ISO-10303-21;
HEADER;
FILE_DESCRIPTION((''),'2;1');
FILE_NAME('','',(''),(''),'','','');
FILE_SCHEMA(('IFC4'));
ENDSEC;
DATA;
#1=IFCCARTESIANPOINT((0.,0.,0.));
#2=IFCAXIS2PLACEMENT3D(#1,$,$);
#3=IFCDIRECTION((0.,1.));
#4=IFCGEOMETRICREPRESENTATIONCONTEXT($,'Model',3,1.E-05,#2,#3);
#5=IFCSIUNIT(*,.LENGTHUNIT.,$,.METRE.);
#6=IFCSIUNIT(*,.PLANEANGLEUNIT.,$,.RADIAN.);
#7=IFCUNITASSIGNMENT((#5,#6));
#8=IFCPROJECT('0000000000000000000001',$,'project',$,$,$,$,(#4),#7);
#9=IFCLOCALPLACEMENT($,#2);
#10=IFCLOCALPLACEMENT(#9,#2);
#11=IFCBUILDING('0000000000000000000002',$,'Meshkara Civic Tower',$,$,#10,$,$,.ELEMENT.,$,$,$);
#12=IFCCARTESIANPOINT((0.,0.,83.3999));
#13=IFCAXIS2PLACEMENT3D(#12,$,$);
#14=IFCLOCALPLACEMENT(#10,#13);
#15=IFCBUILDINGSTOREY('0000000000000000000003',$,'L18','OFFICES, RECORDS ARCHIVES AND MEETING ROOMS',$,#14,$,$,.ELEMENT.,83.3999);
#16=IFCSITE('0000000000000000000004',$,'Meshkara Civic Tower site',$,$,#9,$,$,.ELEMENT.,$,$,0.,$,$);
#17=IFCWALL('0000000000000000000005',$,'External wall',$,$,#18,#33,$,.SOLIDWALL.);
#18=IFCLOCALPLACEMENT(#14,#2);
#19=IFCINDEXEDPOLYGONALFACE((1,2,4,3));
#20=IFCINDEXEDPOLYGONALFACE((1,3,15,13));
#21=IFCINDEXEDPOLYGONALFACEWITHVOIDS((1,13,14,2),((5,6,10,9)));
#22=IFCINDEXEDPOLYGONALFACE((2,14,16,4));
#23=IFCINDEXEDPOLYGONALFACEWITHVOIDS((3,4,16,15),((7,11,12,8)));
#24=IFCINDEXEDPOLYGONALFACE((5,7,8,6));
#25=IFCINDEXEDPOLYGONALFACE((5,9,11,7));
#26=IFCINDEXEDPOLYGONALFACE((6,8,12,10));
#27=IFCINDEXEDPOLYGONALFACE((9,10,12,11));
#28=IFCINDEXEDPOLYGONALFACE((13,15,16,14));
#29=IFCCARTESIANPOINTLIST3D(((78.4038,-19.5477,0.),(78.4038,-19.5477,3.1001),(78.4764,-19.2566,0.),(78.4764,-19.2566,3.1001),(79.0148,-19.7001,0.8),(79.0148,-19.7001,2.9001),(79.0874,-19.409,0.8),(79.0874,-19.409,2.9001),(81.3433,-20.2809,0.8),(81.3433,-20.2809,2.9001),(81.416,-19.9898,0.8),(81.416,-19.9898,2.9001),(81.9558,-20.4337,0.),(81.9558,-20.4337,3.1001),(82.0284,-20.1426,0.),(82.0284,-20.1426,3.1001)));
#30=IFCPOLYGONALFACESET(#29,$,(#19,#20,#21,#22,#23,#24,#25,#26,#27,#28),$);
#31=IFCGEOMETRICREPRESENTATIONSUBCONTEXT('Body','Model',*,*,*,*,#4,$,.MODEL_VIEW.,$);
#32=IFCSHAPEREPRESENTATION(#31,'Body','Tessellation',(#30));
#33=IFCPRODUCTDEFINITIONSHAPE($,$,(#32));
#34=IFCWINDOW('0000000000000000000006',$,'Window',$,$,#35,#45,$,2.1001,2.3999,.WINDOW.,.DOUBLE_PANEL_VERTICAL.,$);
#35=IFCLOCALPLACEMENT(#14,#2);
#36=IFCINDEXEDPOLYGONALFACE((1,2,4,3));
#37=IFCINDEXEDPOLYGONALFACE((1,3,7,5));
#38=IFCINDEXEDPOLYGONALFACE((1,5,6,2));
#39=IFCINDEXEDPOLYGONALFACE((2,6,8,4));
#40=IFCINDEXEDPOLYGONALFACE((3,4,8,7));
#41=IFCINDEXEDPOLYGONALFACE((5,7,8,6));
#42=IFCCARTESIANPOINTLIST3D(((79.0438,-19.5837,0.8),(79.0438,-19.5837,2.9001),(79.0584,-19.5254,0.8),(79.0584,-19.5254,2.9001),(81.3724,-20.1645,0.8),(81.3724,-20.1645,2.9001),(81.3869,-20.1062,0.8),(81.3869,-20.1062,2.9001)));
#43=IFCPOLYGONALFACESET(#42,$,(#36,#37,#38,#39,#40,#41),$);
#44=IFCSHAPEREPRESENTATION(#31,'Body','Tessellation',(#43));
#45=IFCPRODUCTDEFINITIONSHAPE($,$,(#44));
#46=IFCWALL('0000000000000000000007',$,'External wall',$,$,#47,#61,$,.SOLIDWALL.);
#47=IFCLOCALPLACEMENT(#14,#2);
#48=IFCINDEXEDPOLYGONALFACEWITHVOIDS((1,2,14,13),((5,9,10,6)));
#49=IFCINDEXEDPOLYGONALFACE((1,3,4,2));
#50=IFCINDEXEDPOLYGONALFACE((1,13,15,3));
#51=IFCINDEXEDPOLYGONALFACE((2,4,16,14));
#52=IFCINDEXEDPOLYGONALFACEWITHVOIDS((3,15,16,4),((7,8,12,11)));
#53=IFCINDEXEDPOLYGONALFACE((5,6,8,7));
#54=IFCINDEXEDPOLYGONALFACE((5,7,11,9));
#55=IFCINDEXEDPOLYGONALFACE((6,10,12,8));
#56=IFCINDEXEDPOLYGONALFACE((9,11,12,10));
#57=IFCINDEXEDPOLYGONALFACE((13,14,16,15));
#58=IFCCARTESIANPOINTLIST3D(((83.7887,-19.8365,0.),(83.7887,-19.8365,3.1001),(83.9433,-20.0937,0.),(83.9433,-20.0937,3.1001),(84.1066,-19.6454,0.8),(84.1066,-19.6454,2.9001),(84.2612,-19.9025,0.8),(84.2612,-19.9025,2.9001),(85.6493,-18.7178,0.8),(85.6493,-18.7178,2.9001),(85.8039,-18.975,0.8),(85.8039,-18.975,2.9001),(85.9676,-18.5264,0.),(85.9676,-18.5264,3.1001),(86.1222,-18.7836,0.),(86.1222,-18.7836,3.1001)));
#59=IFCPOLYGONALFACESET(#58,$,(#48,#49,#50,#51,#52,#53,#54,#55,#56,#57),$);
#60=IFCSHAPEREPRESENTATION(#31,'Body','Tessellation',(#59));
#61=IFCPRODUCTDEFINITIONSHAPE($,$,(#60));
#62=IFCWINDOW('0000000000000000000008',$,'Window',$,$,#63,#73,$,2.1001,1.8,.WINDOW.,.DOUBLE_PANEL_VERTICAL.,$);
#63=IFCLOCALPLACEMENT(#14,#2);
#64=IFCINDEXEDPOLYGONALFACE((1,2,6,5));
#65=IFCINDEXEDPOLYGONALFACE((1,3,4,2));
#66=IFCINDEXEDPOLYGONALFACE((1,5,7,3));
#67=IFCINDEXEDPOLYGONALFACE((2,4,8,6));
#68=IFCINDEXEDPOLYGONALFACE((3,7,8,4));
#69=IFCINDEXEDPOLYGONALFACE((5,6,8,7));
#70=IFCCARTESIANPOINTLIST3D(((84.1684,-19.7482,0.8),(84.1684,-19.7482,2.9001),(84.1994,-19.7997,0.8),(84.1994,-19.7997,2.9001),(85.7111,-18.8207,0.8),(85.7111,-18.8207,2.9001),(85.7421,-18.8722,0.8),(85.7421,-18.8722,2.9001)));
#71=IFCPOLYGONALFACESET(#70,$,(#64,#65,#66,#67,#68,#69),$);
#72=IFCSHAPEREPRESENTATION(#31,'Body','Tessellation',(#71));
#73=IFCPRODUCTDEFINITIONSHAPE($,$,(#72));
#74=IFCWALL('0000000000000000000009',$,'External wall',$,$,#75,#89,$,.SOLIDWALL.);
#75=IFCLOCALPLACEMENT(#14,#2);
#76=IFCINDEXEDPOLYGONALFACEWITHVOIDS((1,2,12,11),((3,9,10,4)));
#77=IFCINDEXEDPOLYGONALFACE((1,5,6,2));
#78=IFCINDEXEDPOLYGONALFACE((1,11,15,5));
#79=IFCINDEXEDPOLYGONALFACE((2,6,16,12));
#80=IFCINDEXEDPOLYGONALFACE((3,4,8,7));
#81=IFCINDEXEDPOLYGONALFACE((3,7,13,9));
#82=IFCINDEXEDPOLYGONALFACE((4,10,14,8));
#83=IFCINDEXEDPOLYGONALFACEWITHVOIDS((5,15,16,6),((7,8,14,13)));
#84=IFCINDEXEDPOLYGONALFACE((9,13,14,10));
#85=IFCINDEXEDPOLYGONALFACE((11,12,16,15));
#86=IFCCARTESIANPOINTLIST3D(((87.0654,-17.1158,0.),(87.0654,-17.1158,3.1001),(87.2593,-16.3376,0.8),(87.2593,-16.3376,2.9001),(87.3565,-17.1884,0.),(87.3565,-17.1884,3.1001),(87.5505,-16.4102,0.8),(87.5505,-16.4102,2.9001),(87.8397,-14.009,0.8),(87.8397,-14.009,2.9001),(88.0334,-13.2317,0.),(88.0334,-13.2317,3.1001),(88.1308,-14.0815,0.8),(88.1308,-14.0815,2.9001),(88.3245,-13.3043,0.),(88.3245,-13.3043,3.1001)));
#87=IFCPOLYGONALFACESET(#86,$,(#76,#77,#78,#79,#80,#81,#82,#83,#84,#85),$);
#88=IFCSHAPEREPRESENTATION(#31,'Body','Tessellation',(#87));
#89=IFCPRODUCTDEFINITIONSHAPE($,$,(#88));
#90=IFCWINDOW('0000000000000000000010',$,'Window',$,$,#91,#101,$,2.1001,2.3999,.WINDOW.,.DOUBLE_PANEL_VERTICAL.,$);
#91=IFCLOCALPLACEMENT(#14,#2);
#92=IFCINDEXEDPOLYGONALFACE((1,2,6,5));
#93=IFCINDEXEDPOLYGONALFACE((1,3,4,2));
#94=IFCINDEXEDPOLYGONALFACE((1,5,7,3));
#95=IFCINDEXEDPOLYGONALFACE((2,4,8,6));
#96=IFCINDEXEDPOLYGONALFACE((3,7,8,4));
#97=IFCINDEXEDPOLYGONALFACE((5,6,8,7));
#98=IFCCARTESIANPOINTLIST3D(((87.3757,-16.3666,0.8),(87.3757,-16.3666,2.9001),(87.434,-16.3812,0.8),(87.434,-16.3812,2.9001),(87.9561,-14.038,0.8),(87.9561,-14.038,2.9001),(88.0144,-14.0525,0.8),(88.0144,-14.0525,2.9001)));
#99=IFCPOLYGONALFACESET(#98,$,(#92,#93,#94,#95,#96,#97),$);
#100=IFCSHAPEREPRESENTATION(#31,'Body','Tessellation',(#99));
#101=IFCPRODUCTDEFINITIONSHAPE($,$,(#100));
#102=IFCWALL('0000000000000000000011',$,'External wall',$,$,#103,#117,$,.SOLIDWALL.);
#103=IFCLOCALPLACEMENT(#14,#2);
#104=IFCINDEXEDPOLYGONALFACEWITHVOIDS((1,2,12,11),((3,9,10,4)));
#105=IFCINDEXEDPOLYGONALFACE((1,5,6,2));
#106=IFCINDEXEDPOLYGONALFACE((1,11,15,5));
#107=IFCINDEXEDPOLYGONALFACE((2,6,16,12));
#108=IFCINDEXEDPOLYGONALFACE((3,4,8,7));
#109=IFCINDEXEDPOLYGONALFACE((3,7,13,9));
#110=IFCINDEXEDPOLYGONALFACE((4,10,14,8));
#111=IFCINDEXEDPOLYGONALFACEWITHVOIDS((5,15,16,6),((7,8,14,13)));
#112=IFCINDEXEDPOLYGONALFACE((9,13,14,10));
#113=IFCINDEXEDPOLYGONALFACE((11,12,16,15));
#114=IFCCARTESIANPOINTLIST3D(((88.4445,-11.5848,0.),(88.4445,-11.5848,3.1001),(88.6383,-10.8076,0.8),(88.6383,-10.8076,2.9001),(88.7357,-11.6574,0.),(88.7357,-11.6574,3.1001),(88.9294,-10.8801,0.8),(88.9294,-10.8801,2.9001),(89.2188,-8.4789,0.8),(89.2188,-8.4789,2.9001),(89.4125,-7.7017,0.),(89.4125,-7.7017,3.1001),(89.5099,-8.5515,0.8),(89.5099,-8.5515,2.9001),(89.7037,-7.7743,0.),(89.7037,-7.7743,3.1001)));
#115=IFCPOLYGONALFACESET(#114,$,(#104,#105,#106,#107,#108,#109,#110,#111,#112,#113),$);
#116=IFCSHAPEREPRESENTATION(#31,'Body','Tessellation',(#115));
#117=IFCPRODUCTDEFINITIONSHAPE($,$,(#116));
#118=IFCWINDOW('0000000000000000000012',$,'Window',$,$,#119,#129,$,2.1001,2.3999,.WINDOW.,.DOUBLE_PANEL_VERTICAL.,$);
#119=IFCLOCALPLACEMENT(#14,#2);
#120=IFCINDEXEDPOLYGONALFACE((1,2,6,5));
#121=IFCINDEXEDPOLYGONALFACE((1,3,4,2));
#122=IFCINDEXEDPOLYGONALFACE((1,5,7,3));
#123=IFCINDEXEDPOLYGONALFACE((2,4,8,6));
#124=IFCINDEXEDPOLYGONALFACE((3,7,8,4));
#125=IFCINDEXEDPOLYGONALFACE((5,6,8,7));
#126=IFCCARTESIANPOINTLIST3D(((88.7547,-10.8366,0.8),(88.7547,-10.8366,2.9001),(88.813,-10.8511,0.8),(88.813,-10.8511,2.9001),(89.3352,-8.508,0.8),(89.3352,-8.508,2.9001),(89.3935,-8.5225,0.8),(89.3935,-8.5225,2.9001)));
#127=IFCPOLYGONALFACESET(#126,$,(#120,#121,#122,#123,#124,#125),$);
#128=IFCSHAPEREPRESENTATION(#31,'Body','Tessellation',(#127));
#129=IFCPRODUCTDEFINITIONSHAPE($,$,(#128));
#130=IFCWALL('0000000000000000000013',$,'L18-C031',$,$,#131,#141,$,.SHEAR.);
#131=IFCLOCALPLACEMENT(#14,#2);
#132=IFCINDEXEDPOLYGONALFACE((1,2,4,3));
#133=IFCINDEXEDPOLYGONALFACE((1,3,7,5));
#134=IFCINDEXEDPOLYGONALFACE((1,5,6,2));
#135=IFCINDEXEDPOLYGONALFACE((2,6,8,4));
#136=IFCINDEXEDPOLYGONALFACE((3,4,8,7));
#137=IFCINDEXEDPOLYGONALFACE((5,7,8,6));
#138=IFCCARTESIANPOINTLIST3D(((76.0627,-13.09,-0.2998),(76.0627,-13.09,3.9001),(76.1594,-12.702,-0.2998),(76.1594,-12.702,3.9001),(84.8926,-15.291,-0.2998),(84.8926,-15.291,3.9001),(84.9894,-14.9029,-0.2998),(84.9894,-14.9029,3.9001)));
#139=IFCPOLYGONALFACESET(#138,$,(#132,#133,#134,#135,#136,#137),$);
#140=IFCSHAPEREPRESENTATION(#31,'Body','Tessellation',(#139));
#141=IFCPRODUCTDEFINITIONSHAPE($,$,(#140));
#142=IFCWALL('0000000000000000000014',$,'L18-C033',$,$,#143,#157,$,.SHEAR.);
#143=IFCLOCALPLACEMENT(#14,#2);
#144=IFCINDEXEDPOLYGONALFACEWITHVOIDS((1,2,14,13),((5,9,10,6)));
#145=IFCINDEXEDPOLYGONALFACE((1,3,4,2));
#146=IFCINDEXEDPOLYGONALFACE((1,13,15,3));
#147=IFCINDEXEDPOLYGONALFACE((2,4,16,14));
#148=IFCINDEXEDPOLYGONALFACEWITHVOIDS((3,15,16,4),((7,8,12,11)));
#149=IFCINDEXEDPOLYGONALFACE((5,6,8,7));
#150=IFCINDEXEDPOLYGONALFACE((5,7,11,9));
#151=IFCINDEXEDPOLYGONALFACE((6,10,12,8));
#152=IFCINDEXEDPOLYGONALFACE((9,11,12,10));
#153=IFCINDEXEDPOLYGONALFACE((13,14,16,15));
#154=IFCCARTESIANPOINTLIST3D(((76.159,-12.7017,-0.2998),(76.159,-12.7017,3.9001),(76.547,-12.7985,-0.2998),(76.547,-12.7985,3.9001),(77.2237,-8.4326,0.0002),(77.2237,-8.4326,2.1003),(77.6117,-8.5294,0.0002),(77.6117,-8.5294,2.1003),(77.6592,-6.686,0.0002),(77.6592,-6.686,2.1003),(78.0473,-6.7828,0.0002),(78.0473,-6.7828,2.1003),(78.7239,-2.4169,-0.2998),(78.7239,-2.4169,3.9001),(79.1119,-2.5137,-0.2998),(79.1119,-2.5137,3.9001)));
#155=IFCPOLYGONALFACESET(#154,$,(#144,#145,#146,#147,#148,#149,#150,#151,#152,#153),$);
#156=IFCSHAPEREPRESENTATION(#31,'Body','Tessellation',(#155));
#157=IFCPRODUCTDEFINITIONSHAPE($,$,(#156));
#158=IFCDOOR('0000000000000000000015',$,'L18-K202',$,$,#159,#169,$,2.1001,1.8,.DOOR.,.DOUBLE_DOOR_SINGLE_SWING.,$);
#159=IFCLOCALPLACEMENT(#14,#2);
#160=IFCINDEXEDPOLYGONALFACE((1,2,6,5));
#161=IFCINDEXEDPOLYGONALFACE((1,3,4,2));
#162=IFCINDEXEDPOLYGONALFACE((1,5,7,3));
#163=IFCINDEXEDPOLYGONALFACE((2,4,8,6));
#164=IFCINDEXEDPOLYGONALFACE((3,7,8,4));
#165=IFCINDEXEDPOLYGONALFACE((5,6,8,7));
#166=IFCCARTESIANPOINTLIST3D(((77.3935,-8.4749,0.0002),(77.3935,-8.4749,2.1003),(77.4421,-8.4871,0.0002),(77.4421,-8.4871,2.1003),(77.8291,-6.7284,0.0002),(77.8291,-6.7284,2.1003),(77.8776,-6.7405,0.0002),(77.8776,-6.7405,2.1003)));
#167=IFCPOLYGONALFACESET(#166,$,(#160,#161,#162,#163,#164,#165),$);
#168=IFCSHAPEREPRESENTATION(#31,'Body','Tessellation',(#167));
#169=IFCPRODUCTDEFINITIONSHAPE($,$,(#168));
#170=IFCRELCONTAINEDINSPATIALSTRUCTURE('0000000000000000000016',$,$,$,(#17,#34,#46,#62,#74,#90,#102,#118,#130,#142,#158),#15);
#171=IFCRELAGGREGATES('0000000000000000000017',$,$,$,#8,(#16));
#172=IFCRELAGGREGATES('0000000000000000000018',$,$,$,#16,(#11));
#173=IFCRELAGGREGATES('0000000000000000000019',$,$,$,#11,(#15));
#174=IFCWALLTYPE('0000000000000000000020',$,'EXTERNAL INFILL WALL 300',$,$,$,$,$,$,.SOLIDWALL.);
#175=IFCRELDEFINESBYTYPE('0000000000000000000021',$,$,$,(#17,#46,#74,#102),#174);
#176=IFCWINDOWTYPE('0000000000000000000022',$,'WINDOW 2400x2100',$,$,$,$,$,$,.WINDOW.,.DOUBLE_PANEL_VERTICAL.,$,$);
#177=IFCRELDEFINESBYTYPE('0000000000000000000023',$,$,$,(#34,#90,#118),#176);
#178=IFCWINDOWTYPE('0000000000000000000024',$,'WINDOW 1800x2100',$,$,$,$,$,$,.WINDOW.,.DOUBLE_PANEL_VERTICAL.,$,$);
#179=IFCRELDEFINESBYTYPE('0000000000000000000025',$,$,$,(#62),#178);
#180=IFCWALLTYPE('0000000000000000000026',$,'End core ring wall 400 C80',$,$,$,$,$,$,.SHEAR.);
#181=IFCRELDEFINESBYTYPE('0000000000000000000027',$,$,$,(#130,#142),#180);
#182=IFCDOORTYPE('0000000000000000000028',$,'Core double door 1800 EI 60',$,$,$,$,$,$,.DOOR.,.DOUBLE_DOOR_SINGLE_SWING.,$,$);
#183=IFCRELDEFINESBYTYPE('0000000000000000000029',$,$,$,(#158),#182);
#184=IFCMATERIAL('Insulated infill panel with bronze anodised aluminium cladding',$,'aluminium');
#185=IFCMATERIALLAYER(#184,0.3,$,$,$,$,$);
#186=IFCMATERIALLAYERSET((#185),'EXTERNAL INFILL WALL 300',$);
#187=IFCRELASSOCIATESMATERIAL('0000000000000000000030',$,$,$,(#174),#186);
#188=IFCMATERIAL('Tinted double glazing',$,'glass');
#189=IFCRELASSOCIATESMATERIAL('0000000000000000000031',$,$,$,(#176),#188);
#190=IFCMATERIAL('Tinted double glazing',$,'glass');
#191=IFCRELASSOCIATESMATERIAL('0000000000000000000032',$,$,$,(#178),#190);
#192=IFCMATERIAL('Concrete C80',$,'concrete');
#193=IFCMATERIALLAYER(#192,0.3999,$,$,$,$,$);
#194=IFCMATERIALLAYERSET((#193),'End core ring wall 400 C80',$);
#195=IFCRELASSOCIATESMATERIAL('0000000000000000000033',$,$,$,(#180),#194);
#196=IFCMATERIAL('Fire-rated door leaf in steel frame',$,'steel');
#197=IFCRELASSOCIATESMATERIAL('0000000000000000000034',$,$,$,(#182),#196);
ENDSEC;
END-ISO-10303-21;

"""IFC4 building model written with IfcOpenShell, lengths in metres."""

from ifc_helpers import new_model, si_unit, direction, frame, frame_2d, origin, place, context, subcontext, project, spatial, rectangle, extrude, material, layer, layer_set, type_object, element, fill, save


model = new_model("IFC4")

# Units and contexts
model_context = context("Model", 3, precision=1e-05, world=origin(), true_north=direction((0.0, 1.0)))
body_context = subcontext(model_context, "Body", "Model", "MODEL_VIEW")
ifc_project = project(units=[si_unit("LENGTHUNIT", "METRE"), si_unit("PLANEANGLEUNIT", "RADIAN")], contexts=[model_context])

# Site, building, storey
site_placement = place(None, origin())
site = spatial("IfcSite", under=ifc_project, at=site_placement, Name="Meshkara Civic Tower site", CompositionType="ELEMENT", RefElevation=0.0)
building_placement = place(site_placement, origin())
building = spatial("IfcBuilding", under=site, at=building_placement, Name="Meshkara Civic Tower", CompositionType="ELEMENT")
storey_placement = place(building_placement, frame((0.0, 0.0, 83.3999)))
storey = spatial("IfcBuildingStorey", under=building, at=storey_placement, Name="L18", Description="OFFICES, RECORDS ARCHIVES AND MEETING ROOMS", CompositionType="ELEMENT", Elevation=83.3999)

# Walls, openings, windows
ifc_material_1 = material(Name="Insulated infill panel with bronze anodised aluminium cladding", Category="aluminium")
ifc_layer_1 = layer(ifc_material_1, 0.3)
ifc_layer_set_1 = layer_set([ifc_layer_1], Name="EXTERNAL INFILL WALL 300")
wall_type_1 = type_object("IfcWallType", Name="EXTERNAL INFILL WALL 300", PredefinedType="SOLIDWALL", material=ifc_layer_set_1)
ifc_material_2 = material(Name="Tinted double glazing", Category="glass")
window_type_1 = type_object("IfcWindowType", Name="WINDOW 2400x2100", PartitioningType="DOUBLE_PANEL_VERTICAL", PredefinedType="WINDOW", material=ifc_material_2)
wall_1_placement = place(storey_placement, frame((78.4399, -19.4021, 0.0), z_axis=(0.0, 0.0, 1.0), x_axis=(0.970272, -0.242018, 0.0)))
wall_1 = element("IfcWall", 1, at=wall_1_placement, inside=storey, type_object=wall_type_1, Name="External wall", PredefinedType="SOLIDWALL", context=body_context, shape_type="SweptSolid", body=[
    extrude(rectangle(XDim=3.6609, YDim=0.3, at=frame_2d((1.8306, 0.0))), origin(), (0.0, 0.0, 1.0), 3.1001),
])
opening_1_placement = place(wall_1_placement, frame((0.6299, 0.0, 0.8)))
opening_1 = element("IfcOpeningElement", 2, at=opening_1_placement, cuts=wall_1, PredefinedType="OPENING", context=body_context, shape_type="SweptSolid", body=[
    extrude(rectangle(XDim=2.3999, YDim=2.1001, at=frame_2d((1.2, 1.05))), frame((0.0, 0.1599, 0.0), z_axis=(0.0, -1.0, 0.0), x_axis=(1.0, 0.0, 0.0)), (0.0, 0.0, 1.0), 0.3201),
])
window_1_placement = place(opening_1_placement, origin())
window_1 = element("IfcWindow", 3, at=window_1_placement, inside=storey, type_object=window_type_1, Name="Window", OverallHeight=2.1001, OverallWidth=2.3999, PartitioningType="DOUBLE_PANEL_VERTICAL", PredefinedType="WINDOW", context=body_context, shape_type="SweptSolid", body=[
    extrude(rectangle(XDim=2.3999, YDim=2.1001, at=frame_2d((1.2, 1.05))), frame((0.0, 0.03, 0.0), z_axis=(0.0, -1.0, 0.0), x_axis=(1.0, 0.0, 0.0)), (0.0, 0.0, 1.0), 0.0601),
])
fill(opening_1, window_1)
wall_2_placement = place(storey_placement, frame((83.866, -19.9651, 0.0), z_axis=(0.0, 0.0, 1.0), x_axis=(0.857027, 0.515272, 0.0)))
wall_2 = element("IfcWall", 4, at=wall_2_placement, inside=storey, type_object=wall_type_1, Name="External wall", PredefinedType="SOLIDWALL", context=body_context, shape_type="SweptSolid", body=[
    extrude(rectangle(XDim=2.5425, YDim=0.3, at=frame_2d((1.2712, 0.0))), origin(), (0.0, 0.0, 1.0), 3.1001),
])
opening_2_placement = place(wall_2_placement, frame((0.3711, 0.0, 0.8)))
opening_2 = element("IfcOpeningElement", 5, at=opening_2_placement, cuts=wall_2, PredefinedType="OPENING", context=body_context, shape_type="SweptSolid", body=[
    extrude(rectangle(XDim=1.8, YDim=2.1001, at=frame_2d((0.8999, 1.05))), frame((0.0, 0.1599, 0.0), z_axis=(0.0, -1.0, 0.0), x_axis=(1.0, 0.0, 0.0)), (0.0, 0.0, 1.0), 0.3201),
])
ifc_material_3 = material(Name="Tinted double glazing", Category="glass")
window_type_2 = type_object("IfcWindowType", Name="WINDOW 1800x2100", PartitioningType="DOUBLE_PANEL_VERTICAL", PredefinedType="WINDOW", material=ifc_material_3)
window_2_placement = place(opening_2_placement, origin())
window_2 = element("IfcWindow", 6, at=window_2_placement, inside=storey, type_object=window_type_2, Name="Window", OverallHeight=2.1001, OverallWidth=1.8, PartitioningType="DOUBLE_PANEL_VERTICAL", PredefinedType="WINDOW", context=body_context, shape_type="SweptSolid", body=[
    extrude(rectangle(XDim=1.8, YDim=2.1001, at=frame_2d((0.8999, 1.05))), frame((0.0, 0.03, 0.0), z_axis=(0.0, -1.0, 0.0), x_axis=(1.0, 0.0, 0.0)), (0.0, 0.0, 1.0), 0.0601),
])
fill(opening_2, window_2)
wall_3_placement = place(storey_placement, frame((87.2109, -17.1521, 0.0), z_axis=(0.0, 0.0, 1.0), x_axis=(0.241832, 0.970318, 0.0)))
wall_3 = element("IfcWall", 7, at=wall_3_placement, inside=storey, type_object=wall_type_1, Name="External wall", PredefinedType="SOLIDWALL", context=body_context, shape_type="SweptSolid", body=[
    extrude(rectangle(XDim=4.0029, YDim=0.3, at=frame_2d((2.0015, 0.0))), origin(), (0.0, 0.0, 1.0), 3.1001),
])
opening_3_placement = place(wall_3_placement, frame((0.802, 0.0, 0.8)))
opening_3 = element("IfcOpeningElement", 8, at=opening_3_placement, cuts=wall_3, PredefinedType="OPENING", context=body_context, shape_type="SweptSolid", body=[
    extrude(rectangle(XDim=2.3999, YDim=2.1001, at=frame_2d((1.2, 1.05))), frame((0.0, 0.1599, 0.0), z_axis=(0.0, -1.0, 0.0), x_axis=(1.0, 0.0, 0.0)), (0.0, 0.0, 1.0), 0.3201),
])
window_3_placement = place(opening_3_placement, origin())
window_3 = element("IfcWindow", 9, at=window_3_placement, inside=storey, type_object=window_type_1, Name="Window", OverallHeight=2.1001, OverallWidth=2.3999, PartitioningType="DOUBLE_PANEL_VERTICAL", PredefinedType="WINDOW", context=body_context, shape_type="SweptSolid", body=[
    extrude(rectangle(XDim=2.3999, YDim=2.1001, at=frame_2d((1.2, 1.05))), frame((0.0, 0.03, 0.0), z_axis=(0.0, -1.0, 0.0), x_axis=(1.0, 0.0, 0.0)), (0.0, 0.0, 1.0), 0.0601),
])
fill(opening_3, window_3)
wall_4_placement = place(storey_placement, frame((88.5901, -11.6211, 0.0), z_axis=(0.0, 0.0, 1.0), x_axis=(0.24189, 0.970304, 0.0)))
wall_4 = element("IfcWall", 10, at=wall_4_placement, inside=storey, type_object=wall_type_1, Name="External wall", PredefinedType="SOLIDWALL", context=body_context, shape_type="SweptSolid", body=[
    extrude(rectangle(XDim=4.002, YDim=0.3, at=frame_2d((2.001, 0.0))), origin(), (0.0, 0.0, 1.0), 3.1001),
])
opening_4_placement = place(wall_4_placement, frame((0.801, 0.0, 0.8)))
opening_4 = element("IfcOpeningElement", 11, at=opening_4_placement, cuts=wall_4, PredefinedType="OPENING", context=body_context, shape_type="SweptSolid", body=[
    extrude(rectangle(XDim=2.3999, YDim=2.1001, at=frame_2d((1.2, 1.05))), frame((0.0, 0.1599, 0.0), z_axis=(0.0, -1.0, 0.0), x_axis=(1.0, 0.0, 0.0)), (0.0, 0.0, 1.0), 0.3201),
])
window_4_placement = place(opening_4_placement, origin())
window_4 = element("IfcWindow", 12, at=window_4_placement, inside=storey, type_object=window_type_1, Name="Window", OverallHeight=2.1001, OverallWidth=2.3999, PartitioningType="DOUBLE_PANEL_VERTICAL", PredefinedType="WINDOW", context=body_context, shape_type="SweptSolid", body=[
    extrude(rectangle(XDim=2.3999, YDim=2.1001, at=frame_2d((1.2, 1.05))), frame((0.0, 0.03, 0.0), z_axis=(0.0, -1.0, 0.0), x_axis=(1.0, 0.0, 0.0)), (0.0, 0.0, 1.0), 0.0601),
])
fill(opening_4, window_4)

# Wall
ifc_material_4 = material(Name="Concrete C80", Category="concrete")
ifc_layer_2 = layer(ifc_material_4, 0.3999)
ifc_layer_set_2 = layer_set([ifc_layer_2], Name="End core ring wall 400 C80")
wall_type_2 = type_object("IfcWallType", Name="End core ring wall 400 C80", PredefinedType="SHEAR", material=ifc_layer_set_2)
wall_5_placement = place(storey_placement, frame((76.1111, -12.896, -0.2998), z_axis=(0.0, 0.0, 1.0), x_axis=(0.970311, -0.24186, 0.0)))
element("IfcWall", 13, at=wall_5_placement, inside=storey, type_object=wall_type_2, Name="L18-C031", PredefinedType="SHEAR", context=body_context, shape_type="SweptSolid", body=[
    extrude(rectangle(XDim=9.1001, YDim=0.3999, at=frame_2d((4.55, 0.0))), origin(), (0.0, 0.0, 1.0), 4.2),
])

# Wall, opening, door
wall_6_placement = place(storey_placement, frame((76.353, -12.75, -0.2998), z_axis=(0.0, 0.0, 1.0), x_axis=(0.241977, 0.970282, 0.0)))
wall_6 = element("IfcWall", 14, at=wall_6_placement, inside=storey, type_object=wall_type_2, Name="L18-C033", PredefinedType="SHEAR", context=body_context, shape_type="SweptSolid", body=[
    extrude(rectangle(XDim=10.5999, YDim=0.3999, at=frame_2d((5.2998, 0.0))), origin(), (0.0, 0.0, 1.0), 4.2),
])
opening_5_placement = place(wall_6_placement, frame((4.3999, 0.0, 0.3)))
opening_5 = element("IfcOpeningElement", 15, at=opening_5_placement, cuts=wall_6, PredefinedType="OPENING", context=body_context, shape_type="SweptSolid", body=[
    extrude(rectangle(XDim=1.8, YDim=2.1001, at=frame_2d((0.8999, 1.05))), frame((0.0, 0.21, 0.0), z_axis=(0.0, -1.0, 0.0), x_axis=(1.0, 0.0, 0.0)), (0.0, 0.0, 1.0), 0.4199),
])
ifc_material_5 = material(Name="Fire-rated door leaf in steel frame", Category="steel")
door_type_1 = type_object("IfcDoorType", Name="Core double door 1800 EI 60", OperationType="DOUBLE_DOOR_SINGLE_SWING", PredefinedType="DOOR", material=ifc_material_5)
door_1_placement = place(opening_5_placement, origin())
door_1 = element("IfcDoor", 16, at=door_1_placement, inside=storey, type_object=door_type_1, Name="L18-K202", OperationType="DOUBLE_DOOR_SINGLE_SWING", OverallHeight=2.1001, OverallWidth=1.8, PredefinedType="DOOR", context=body_context, shape_type="SweptSolid", body=[
    extrude(rectangle(XDim=1.8, YDim=2.1001, at=frame_2d((0.8999, 1.05))), frame((0.0, 0.0249, 0.0), z_axis=(0.0, -1.0, 0.0), x_axis=(1.0, 0.0, 0.0)), (0.0, 0.0, 1.0), 0.05),
])
fill(opening_5, door_1)

save(model, "model.ifc")
